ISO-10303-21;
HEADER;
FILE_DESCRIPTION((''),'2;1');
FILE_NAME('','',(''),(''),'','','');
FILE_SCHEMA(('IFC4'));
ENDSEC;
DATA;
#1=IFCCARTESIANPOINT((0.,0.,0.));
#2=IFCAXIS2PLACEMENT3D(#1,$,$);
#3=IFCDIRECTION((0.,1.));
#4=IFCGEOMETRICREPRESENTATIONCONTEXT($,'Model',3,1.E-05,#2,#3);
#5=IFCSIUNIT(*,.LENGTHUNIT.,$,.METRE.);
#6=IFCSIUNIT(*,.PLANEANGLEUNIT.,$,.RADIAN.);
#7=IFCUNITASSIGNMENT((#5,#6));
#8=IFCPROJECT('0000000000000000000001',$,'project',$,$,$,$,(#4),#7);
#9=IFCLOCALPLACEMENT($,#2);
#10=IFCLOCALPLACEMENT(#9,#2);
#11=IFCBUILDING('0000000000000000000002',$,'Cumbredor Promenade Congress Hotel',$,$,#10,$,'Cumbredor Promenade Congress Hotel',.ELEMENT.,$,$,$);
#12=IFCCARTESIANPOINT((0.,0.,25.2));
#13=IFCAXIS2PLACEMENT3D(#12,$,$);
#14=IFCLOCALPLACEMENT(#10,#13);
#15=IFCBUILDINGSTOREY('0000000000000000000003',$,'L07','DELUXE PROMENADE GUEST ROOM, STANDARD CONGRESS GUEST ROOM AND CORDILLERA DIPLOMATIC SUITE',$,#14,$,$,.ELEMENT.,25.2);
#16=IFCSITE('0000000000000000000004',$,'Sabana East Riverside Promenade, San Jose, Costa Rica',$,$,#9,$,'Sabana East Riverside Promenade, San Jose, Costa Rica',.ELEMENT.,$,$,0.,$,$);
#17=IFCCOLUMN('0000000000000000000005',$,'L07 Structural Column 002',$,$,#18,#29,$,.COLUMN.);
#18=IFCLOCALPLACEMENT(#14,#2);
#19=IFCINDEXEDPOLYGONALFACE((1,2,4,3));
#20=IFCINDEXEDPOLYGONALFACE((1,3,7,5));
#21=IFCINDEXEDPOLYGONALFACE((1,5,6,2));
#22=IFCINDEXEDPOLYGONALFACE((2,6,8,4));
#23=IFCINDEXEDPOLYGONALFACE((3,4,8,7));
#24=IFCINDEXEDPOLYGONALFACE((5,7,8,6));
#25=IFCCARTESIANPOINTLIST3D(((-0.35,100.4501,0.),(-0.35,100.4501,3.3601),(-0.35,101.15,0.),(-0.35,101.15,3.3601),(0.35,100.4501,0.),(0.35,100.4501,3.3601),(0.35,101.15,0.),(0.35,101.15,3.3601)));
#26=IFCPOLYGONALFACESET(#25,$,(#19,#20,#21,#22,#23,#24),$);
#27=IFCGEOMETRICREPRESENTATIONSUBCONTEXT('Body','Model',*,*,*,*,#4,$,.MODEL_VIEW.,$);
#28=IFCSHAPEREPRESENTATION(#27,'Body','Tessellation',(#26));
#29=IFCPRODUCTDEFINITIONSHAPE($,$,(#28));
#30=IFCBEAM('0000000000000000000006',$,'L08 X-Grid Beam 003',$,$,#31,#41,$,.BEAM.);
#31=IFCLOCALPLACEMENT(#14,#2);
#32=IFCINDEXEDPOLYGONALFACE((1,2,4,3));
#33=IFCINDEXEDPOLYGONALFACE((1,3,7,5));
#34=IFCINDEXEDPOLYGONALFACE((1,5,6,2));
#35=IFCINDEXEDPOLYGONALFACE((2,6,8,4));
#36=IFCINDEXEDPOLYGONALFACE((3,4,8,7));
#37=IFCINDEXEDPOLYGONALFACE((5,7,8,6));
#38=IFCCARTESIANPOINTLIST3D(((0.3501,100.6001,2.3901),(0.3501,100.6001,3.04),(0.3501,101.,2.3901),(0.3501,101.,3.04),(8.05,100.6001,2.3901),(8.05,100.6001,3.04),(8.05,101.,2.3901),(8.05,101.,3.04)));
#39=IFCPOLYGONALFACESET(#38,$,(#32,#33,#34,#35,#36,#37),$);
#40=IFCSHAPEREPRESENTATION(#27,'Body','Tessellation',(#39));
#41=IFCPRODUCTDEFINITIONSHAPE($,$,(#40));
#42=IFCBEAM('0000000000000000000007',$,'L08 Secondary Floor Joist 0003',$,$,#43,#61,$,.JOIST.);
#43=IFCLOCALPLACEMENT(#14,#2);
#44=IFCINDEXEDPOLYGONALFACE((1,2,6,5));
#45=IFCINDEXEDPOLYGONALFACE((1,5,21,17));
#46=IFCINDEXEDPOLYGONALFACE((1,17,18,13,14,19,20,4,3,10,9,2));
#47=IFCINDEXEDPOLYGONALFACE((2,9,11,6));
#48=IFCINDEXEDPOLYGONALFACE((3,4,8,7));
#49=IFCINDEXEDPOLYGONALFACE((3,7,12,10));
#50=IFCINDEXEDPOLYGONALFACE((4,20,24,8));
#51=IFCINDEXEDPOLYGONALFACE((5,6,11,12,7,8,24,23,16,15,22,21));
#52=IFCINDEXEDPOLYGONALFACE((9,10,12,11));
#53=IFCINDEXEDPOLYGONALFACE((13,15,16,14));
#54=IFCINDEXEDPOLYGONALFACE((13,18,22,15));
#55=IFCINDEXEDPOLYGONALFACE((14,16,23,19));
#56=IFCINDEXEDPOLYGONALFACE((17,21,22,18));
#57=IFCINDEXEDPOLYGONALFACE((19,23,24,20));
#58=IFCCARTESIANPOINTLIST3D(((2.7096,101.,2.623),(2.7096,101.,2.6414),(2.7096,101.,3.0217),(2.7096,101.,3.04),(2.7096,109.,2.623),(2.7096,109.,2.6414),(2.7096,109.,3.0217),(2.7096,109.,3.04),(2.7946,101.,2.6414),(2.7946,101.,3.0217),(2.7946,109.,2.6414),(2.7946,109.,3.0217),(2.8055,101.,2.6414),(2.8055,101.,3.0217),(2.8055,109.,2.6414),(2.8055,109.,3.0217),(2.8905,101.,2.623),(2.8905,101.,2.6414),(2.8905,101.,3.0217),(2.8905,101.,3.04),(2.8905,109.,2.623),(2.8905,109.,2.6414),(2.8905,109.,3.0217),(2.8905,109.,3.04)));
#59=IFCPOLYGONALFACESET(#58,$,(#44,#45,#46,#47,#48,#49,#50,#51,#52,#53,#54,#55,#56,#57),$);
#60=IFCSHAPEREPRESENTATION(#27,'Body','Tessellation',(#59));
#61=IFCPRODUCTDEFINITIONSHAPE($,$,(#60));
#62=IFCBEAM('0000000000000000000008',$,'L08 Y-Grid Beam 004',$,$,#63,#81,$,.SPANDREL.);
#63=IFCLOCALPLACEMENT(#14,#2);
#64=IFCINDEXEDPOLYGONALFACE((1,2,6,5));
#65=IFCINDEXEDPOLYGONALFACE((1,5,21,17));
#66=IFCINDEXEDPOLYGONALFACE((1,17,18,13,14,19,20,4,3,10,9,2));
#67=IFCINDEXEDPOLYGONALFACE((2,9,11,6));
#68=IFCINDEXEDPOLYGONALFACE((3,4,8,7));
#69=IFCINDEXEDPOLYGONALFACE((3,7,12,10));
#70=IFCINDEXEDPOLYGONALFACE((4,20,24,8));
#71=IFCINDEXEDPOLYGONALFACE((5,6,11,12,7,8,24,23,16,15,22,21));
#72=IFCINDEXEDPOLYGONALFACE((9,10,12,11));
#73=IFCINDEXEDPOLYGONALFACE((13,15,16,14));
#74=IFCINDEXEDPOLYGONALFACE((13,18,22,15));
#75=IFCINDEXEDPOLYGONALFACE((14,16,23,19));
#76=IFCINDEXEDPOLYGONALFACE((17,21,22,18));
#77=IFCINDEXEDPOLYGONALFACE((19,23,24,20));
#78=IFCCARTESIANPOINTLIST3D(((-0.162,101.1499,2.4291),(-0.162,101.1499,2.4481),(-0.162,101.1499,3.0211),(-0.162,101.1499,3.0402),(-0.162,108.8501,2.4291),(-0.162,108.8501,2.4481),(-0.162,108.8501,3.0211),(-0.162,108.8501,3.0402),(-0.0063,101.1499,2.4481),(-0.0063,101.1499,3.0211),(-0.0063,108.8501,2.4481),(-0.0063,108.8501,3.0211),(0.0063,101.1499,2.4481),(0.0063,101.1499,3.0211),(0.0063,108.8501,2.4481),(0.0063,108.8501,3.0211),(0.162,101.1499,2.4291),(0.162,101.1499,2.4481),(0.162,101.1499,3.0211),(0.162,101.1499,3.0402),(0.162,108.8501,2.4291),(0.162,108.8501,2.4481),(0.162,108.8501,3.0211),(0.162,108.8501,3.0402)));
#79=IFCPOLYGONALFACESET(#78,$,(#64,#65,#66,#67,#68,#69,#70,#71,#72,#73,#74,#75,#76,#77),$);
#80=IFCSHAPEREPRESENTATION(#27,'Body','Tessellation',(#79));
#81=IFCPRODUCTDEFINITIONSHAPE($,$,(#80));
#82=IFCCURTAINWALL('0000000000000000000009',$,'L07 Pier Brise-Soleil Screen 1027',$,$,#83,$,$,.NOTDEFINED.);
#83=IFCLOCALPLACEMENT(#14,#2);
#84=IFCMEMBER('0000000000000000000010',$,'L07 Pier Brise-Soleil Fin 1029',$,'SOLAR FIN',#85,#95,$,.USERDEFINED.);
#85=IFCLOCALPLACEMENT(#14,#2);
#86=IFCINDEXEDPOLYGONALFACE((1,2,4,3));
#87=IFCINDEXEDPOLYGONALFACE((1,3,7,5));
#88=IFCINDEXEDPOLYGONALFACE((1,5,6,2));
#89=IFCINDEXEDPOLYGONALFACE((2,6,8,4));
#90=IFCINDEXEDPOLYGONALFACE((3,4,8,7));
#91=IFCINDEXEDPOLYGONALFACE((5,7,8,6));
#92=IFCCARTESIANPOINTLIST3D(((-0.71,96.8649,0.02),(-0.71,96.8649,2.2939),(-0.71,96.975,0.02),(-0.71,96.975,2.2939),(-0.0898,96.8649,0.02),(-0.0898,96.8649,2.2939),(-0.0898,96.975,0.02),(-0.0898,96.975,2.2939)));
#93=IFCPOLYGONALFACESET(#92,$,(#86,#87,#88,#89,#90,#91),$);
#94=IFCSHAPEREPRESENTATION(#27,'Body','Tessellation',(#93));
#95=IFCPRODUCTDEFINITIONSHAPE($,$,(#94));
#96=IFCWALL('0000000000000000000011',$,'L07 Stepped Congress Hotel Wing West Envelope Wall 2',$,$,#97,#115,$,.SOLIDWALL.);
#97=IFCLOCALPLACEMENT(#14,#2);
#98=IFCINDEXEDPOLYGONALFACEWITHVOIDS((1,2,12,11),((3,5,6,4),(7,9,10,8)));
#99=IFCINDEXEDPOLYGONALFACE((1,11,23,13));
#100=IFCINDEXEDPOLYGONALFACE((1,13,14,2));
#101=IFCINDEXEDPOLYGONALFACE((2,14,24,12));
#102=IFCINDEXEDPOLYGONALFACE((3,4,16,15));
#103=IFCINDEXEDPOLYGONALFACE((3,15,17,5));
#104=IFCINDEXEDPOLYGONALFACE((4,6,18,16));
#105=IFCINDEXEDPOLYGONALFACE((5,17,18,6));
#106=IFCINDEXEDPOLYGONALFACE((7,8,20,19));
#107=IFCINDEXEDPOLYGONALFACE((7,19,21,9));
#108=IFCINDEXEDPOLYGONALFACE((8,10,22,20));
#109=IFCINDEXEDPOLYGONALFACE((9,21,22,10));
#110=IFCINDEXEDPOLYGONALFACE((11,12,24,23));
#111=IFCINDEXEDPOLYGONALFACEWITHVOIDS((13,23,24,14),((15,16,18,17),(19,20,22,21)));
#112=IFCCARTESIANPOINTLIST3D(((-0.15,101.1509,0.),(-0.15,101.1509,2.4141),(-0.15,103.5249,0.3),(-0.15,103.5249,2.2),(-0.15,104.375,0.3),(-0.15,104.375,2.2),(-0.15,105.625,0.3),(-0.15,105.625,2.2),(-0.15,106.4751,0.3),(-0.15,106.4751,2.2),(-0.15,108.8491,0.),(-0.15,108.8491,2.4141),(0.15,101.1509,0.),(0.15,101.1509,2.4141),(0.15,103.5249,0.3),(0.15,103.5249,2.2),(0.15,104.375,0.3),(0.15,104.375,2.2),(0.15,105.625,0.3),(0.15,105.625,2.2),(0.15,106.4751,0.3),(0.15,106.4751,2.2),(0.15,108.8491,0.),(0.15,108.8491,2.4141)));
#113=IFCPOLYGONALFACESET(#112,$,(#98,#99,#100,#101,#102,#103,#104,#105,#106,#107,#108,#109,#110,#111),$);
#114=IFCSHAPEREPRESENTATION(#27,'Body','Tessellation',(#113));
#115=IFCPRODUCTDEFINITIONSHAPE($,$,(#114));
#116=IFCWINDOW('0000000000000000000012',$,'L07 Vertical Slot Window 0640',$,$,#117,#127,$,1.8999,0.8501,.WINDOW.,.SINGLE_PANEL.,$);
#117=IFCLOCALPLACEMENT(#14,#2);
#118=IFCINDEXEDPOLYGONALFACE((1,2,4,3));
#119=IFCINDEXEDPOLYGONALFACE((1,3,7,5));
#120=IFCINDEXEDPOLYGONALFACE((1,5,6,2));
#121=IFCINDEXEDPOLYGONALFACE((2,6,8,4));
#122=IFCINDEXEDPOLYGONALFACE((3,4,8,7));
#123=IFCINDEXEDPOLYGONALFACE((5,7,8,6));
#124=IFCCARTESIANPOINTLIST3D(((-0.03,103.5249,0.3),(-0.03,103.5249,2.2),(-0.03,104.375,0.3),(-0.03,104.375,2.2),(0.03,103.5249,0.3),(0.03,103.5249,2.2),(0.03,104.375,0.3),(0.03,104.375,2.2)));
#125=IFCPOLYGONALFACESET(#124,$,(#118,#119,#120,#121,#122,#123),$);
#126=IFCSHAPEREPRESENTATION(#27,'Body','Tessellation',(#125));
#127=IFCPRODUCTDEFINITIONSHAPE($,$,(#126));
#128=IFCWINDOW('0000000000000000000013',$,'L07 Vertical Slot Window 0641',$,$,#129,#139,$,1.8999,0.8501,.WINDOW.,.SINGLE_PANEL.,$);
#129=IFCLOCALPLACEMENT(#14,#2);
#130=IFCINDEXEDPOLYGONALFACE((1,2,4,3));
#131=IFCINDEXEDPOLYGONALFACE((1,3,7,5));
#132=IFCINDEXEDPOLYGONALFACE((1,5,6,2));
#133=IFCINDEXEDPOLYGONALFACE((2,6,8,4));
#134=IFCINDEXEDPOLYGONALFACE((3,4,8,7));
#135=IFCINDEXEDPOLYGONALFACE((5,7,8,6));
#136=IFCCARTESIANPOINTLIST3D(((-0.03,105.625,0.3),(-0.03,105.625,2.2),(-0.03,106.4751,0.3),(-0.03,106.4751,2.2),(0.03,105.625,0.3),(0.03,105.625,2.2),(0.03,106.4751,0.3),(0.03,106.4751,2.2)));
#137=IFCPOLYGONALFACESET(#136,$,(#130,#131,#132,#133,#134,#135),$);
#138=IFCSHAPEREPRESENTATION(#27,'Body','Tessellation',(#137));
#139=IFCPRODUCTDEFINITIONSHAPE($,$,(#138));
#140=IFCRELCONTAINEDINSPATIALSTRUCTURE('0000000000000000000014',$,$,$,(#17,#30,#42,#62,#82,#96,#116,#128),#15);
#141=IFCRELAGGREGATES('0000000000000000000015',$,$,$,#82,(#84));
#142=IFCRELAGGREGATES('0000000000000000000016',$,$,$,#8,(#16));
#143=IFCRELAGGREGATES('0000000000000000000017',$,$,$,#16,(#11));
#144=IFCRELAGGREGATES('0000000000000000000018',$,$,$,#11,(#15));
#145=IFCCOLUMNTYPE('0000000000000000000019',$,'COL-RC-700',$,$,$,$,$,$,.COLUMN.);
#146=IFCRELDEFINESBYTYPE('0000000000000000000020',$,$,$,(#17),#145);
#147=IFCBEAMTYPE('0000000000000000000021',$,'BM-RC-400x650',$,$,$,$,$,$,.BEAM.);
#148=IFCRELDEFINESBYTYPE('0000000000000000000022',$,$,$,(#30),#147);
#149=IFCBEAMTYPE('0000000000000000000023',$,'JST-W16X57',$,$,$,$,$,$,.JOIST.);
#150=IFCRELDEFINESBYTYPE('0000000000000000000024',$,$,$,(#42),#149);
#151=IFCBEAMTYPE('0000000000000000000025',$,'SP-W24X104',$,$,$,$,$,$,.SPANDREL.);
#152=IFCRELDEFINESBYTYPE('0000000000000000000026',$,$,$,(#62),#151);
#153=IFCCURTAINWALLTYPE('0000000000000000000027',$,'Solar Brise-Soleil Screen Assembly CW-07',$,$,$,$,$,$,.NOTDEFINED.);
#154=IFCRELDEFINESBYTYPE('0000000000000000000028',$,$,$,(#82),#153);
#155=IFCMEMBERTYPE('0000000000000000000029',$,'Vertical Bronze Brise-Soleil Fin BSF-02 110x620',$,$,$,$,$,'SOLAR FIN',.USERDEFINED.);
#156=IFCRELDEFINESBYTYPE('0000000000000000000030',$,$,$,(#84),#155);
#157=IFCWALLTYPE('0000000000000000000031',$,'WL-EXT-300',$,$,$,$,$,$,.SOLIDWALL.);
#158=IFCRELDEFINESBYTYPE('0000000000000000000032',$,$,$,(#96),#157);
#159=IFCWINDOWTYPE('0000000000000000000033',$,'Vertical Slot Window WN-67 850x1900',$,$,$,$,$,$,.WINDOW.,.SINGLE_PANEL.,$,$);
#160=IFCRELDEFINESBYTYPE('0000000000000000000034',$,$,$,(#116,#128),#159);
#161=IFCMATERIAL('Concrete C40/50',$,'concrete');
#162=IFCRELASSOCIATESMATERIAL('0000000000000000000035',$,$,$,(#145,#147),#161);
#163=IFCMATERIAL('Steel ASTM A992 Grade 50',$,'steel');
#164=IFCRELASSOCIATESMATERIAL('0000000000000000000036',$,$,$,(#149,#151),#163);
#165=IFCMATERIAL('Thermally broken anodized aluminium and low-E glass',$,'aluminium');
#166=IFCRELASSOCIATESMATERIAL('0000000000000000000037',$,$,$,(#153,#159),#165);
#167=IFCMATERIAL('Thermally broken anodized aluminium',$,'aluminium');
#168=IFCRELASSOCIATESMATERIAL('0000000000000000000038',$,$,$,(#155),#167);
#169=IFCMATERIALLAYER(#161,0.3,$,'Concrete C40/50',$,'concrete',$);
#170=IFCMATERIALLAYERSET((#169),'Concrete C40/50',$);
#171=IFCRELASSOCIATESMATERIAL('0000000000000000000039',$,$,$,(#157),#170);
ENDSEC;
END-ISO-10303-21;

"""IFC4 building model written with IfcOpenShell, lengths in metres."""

from ifc_helpers import new_model, si_unit, direction, frame, frame_2d, origin, origin_2d, place, context, subcontext, project, spatial, rectangle, i_section, extrude, material, layer, layer_set, material_profile, profile_set, type_object, element, fill, aggregate, save


model = new_model("IFC4")

# Units and contexts
model_context = context("Model", 3, precision=1e-05, world=origin(), true_north=direction((0.0, 1.0)))
body_context = subcontext(model_context, "Body", "Model", "MODEL_VIEW")
ifc_project = project(units=[si_unit("LENGTHUNIT", "METRE"), si_unit("PLANEANGLEUNIT", "RADIAN")], contexts=[model_context])

# Site, building, storey
site_placement = place(None, origin())
site = spatial("IfcSite", under=ifc_project, at=site_placement, Name="Sabana East Riverside Promenade, San Jose, Costa Rica", LongName="Sabana East Riverside Promenade, San Jose, Costa Rica", CompositionType="ELEMENT", RefElevation=0.0)
building_placement = place(site_placement, origin())
building = spatial("IfcBuilding", under=site, at=building_placement, Name="Cumbredor Promenade Congress Hotel", LongName="Cumbredor Promenade Congress Hotel", CompositionType="ELEMENT")
storey_placement = place(building_placement, frame((0.0, 0.0, 25.2)))
storey = spatial("IfcBuildingStorey", under=building, at=storey_placement, Name="L07", Description="DELUXE PROMENADE GUEST ROOM, STANDARD CONGRESS GUEST ROOM AND CORDILLERA DIPLOMATIC SUITE", CompositionType="ELEMENT", Elevation=25.2)

# Column
ifc_material_1 = material(Name="Concrete C40/50", Category="concrete")
ifc_material_profile_1 = material_profile(ifc_material_1, rectangle(XDim=0.7, YDim=0.7, at=origin_2d()), Name="RC 700x700")
ifc_profile_set_1 = profile_set([ifc_material_profile_1], Name="Concrete C40/50")
column_type = type_object("IfcColumnType", Name="COL-RC-700", PredefinedType="COLUMN", material=ifc_profile_set_1)
column_placement = place(storey_placement, frame((0.0, 100.8, 0.0), z_axis=(0.0, 0.0, 1.0), x_axis=(1.0, 0.0, 0.0)))
element("IfcColumn", 1, at=column_placement, inside=storey, type_object=column_type, Name="L07 Structural Column 002", PredefinedType="COLUMN", context=body_context, shape_type="SweptSolid", body=[
    extrude(rectangle(XDim=0.7, YDim=0.7, at=origin_2d()), origin(), (0.0, 0.0, 1.0), 3.3601),
])

# Beams
ifc_material_profile_2 = material_profile(ifc_material_1, rectangle(XDim=0.3999, YDim=0.6499, at=origin_2d()), Name="RC BEAM 400x650")
ifc_profile_set_2 = profile_set([ifc_material_profile_2], Name="Concrete C40/50")
beam_type_1 = type_object("IfcBeamType", Name="BM-RC-400x650", PredefinedType="BEAM", material=ifc_profile_set_2)
beam_1_placement = place(storey_placement, frame((0.3501, 100.8, 2.7151), z_axis=(1.0, 0.0, 0.0), x_axis=(0.0, 1.0, 0.0)))
element("IfcBeam", 2, at=beam_1_placement, inside=storey, type_object=beam_type_1, Name="L08 X-Grid Beam 003", PredefinedType="BEAM", context=body_context, shape_type="SweptSolid", body=[
    extrude(rectangle(XDim=0.3999, YDim=0.6499, at=origin_2d()), origin(), (0.0, 0.0, 1.0), 7.7),
])
ifc_material_2 = material(Name="Steel ASTM A992 Grade 50", Category="steel")
ifc_material_profile_3 = material_profile(ifc_material_2, i_section(OverallWidth=0.1809, OverallDepth=0.417, WebThickness=0.011, FlangeThickness=0.0183, at=origin_2d()), Name="W16X57")
ifc_profile_set_3 = profile_set([ifc_material_profile_3], Name="Steel ASTM A992 Grade 50")
beam_type_2 = type_object("IfcBeamType", Name="JST-W16X57", PredefinedType="JOIST", material=ifc_profile_set_3)
beam_2_placement = place(storey_placement, frame((2.8, 101.0, 2.8315), z_axis=(0.0, 1.0, 0.0), x_axis=(-1.0, 0.0, 0.0)))
element("IfcBeam", 3, at=beam_2_placement, inside=storey, type_object=beam_type_2, Name="L08 Secondary Floor Joist 0003", PredefinedType="JOIST", context=body_context, shape_type="SweptSolid", body=[
    extrude(i_section(OverallWidth=0.1809, OverallDepth=0.417, WebThickness=0.011, FlangeThickness=0.0183, at=origin_2d()), origin(), (0.0, 0.0, 1.0), 8.0),
])
ifc_material_profile_4 = material_profile(ifc_material_2, i_section(OverallWidth=0.324, OverallDepth=0.6111, WebThickness=0.0127, FlangeThickness=0.019, at=origin_2d()), Name="W24X104")
ifc_profile_set_4 = profile_set([ifc_material_profile_4], Name="Steel ASTM A992 Grade 50")
beam_type_3 = type_object("IfcBeamType", Name="SP-W24X104", PredefinedType="SPANDREL", material=ifc_profile_set_4)
beam_3_placement = place(storey_placement, frame((0.0, 101.1499, 2.7346), z_axis=(0.0, 1.0, 0.0), x_axis=(-1.0, 0.0, 0.0)))
element("IfcBeam", 4, at=beam_3_placement, inside=storey, type_object=beam_type_3, Name="L08 Y-Grid Beam 004", PredefinedType="SPANDREL", context=body_context, shape_type="SweptSolid", body=[
    extrude(i_section(OverallWidth=0.324, OverallDepth=0.6111, WebThickness=0.0127, FlangeThickness=0.019, at=origin_2d()), origin(), (0.0, 0.0, 1.0), 7.7002),
])

# Curtain wall, member
ifc_material_3 = material(Name="Thermally broken anodized aluminium and low-E glass", Category="aluminium")
curtain_wall_type = type_object("IfcCurtainWallType", Name="Solar Brise-Soleil Screen Assembly CW-07", PredefinedType="NOTDEFINED", material=ifc_material_3)
curtain_wall_placement = place(storey_placement, origin())
curtain_wall = element("IfcCurtainWall", 5, at=curtain_wall_placement, inside=storey, type_object=curtain_wall_type, Name="L07 Pier Brise-Soleil Screen 1027", PredefinedType="NOTDEFINED")
ifc_material_4 = material(Name="Thermally broken anodized aluminium", Category="aluminium")
ifc_material_profile_5 = material_profile(ifc_material_4, rectangle(XDim=0.1101, YDim=0.6201, at=origin_2d()), Name="ARCH FIN 110x620")
ifc_profile_set_5 = profile_set([ifc_material_profile_5], Name="Thermally broken anodized aluminium")
member_type = type_object("IfcMemberType", Name="Vertical Bronze Brise-Soleil Fin BSF-02 110x620", ElementType="SOLAR FIN", PredefinedType="USERDEFINED", material=ifc_profile_set_5)
member_placement = place(storey_placement, frame((-0.3999, 96.9199, 0.02), z_axis=(0.0, 0.0, 1.0), x_axis=(0.0, 1.0, 0.0)))
member = element("IfcMember", 6, at=member_placement, type_object=member_type, Name="L07 Pier Brise-Soleil Fin 1029", ObjectType="SOLAR FIN", PredefinedType="USERDEFINED", context=body_context, shape_type="SweptSolid", body=[
    extrude(rectangle(XDim=0.1101, YDim=0.6201, at=origin_2d()), origin(), (0.0, 0.0, 1.0), 2.2739),
])
aggregate(curtain_wall, [member])

# Wall, openings, windows
ifc_layer_1 = layer(ifc_material_1, 0.3, Name="Concrete C40/50", Category="concrete")
ifc_layer_set_1 = layer_set([ifc_layer_1], Name="Concrete C40/50")
wall_type_1 = type_object("IfcWallType", Name="WL-EXT-300", PredefinedType="SOLIDWALL", material=ifc_layer_set_1)
wall_1_placement = place(storey_placement, frame((0.0, 101.1509, 0.0), z_axis=(0.0, 0.0, 1.0), x_axis=(0.0, 1.0, 0.0)))
wall_1 = element("IfcWall", 7, at=wall_1_placement, inside=storey, type_object=wall_type_1, Name="L07 Stepped Congress Hotel Wing West Envelope Wall 2", PredefinedType="SOLIDWALL", context=body_context, shape_type="SweptSolid", body=[
    extrude(rectangle(XDim=7.6982, YDim=0.3, at=frame_2d((3.8491, 0.0))), origin(), (0.0, 0.0, 1.0), 2.4141),
])
opening_1_placement = place(wall_1_placement, frame((2.374, 0.0, 0.3)))
opening_1 = element("IfcOpeningElement", 8, at=opening_1_placement, cuts=wall_1, PredefinedType="OPENING", context=body_context, shape_type="SweptSolid", body=[
    extrude(rectangle(XDim=0.8501, YDim=1.8999, at=frame_2d((0.425, 0.95))), frame((0.0, 0.1602, 0.0), z_axis=(0.0, -1.0, 0.0), x_axis=(1.0, 0.0, 0.0)), (0.0, 0.0, 1.0), 0.3201),
])
opening_2_placement = place(wall_1_placement, frame((4.4741, 0.0, 0.3)))
opening_2 = element("IfcOpeningElement", 9, at=opening_2_placement, cuts=wall_1, PredefinedType="OPENING", context=body_context, shape_type="SweptSolid", body=[
    extrude(rectangle(XDim=0.8501, YDim=1.8999, at=frame_2d((0.425, 0.95))), frame((0.0, 0.1602, 0.0), z_axis=(0.0, -1.0, 0.0), x_axis=(1.0, 0.0, 0.0)), (0.0, 0.0, 1.0), 0.3201),
])
window_type = type_object("IfcWindowType", Name="Vertical Slot Window WN-67 850x1900", PartitioningType="SINGLE_PANEL", PredefinedType="WINDOW", material=ifc_material_3)
window_1_placement = place(opening_1_placement, origin())
window_1 = element("IfcWindow", 10, at=window_1_placement, inside=storey, type_object=window_type, Name="L07 Vertical Slot Window 0640", OverallHeight=1.8999, OverallWidth=0.8501, PartitioningType="SINGLE_PANEL", PredefinedType="WINDOW", context=body_context, shape_type="SweptSolid", body=[
    extrude(rectangle(XDim=0.8501, YDim=1.8999, at=frame_2d((0.425, 0.95))), frame((0.0, 0.03, 0.0), z_axis=(0.0, -1.0, 0.0), x_axis=(1.0, 0.0, 0.0)), (0.0, 0.0, 1.0), 0.0601),
])
fill(opening_1, window_1)
window_2_placement = place(opening_2_placement, origin())
window_2 = element("IfcWindow", 11, at=window_2_placement, inside=storey, type_object=window_type, Name="L07 Vertical Slot Window 0641", OverallHeight=1.8999, OverallWidth=0.8501, PartitioningType="SINGLE_PANEL", PredefinedType="WINDOW", context=body_context, shape_type="SweptSolid", body=[
    extrude(rectangle(XDim=0.8501, YDim=1.8999, at=frame_2d((0.425, 0.95))), frame((0.0, 0.03, 0.0), z_axis=(0.0, -1.0, 0.0), x_axis=(1.0, 0.0, 0.0)), (0.0, 0.0, 1.0), 0.0601),
])
fill(opening_2, window_2)

save(model, "model.ifc")
